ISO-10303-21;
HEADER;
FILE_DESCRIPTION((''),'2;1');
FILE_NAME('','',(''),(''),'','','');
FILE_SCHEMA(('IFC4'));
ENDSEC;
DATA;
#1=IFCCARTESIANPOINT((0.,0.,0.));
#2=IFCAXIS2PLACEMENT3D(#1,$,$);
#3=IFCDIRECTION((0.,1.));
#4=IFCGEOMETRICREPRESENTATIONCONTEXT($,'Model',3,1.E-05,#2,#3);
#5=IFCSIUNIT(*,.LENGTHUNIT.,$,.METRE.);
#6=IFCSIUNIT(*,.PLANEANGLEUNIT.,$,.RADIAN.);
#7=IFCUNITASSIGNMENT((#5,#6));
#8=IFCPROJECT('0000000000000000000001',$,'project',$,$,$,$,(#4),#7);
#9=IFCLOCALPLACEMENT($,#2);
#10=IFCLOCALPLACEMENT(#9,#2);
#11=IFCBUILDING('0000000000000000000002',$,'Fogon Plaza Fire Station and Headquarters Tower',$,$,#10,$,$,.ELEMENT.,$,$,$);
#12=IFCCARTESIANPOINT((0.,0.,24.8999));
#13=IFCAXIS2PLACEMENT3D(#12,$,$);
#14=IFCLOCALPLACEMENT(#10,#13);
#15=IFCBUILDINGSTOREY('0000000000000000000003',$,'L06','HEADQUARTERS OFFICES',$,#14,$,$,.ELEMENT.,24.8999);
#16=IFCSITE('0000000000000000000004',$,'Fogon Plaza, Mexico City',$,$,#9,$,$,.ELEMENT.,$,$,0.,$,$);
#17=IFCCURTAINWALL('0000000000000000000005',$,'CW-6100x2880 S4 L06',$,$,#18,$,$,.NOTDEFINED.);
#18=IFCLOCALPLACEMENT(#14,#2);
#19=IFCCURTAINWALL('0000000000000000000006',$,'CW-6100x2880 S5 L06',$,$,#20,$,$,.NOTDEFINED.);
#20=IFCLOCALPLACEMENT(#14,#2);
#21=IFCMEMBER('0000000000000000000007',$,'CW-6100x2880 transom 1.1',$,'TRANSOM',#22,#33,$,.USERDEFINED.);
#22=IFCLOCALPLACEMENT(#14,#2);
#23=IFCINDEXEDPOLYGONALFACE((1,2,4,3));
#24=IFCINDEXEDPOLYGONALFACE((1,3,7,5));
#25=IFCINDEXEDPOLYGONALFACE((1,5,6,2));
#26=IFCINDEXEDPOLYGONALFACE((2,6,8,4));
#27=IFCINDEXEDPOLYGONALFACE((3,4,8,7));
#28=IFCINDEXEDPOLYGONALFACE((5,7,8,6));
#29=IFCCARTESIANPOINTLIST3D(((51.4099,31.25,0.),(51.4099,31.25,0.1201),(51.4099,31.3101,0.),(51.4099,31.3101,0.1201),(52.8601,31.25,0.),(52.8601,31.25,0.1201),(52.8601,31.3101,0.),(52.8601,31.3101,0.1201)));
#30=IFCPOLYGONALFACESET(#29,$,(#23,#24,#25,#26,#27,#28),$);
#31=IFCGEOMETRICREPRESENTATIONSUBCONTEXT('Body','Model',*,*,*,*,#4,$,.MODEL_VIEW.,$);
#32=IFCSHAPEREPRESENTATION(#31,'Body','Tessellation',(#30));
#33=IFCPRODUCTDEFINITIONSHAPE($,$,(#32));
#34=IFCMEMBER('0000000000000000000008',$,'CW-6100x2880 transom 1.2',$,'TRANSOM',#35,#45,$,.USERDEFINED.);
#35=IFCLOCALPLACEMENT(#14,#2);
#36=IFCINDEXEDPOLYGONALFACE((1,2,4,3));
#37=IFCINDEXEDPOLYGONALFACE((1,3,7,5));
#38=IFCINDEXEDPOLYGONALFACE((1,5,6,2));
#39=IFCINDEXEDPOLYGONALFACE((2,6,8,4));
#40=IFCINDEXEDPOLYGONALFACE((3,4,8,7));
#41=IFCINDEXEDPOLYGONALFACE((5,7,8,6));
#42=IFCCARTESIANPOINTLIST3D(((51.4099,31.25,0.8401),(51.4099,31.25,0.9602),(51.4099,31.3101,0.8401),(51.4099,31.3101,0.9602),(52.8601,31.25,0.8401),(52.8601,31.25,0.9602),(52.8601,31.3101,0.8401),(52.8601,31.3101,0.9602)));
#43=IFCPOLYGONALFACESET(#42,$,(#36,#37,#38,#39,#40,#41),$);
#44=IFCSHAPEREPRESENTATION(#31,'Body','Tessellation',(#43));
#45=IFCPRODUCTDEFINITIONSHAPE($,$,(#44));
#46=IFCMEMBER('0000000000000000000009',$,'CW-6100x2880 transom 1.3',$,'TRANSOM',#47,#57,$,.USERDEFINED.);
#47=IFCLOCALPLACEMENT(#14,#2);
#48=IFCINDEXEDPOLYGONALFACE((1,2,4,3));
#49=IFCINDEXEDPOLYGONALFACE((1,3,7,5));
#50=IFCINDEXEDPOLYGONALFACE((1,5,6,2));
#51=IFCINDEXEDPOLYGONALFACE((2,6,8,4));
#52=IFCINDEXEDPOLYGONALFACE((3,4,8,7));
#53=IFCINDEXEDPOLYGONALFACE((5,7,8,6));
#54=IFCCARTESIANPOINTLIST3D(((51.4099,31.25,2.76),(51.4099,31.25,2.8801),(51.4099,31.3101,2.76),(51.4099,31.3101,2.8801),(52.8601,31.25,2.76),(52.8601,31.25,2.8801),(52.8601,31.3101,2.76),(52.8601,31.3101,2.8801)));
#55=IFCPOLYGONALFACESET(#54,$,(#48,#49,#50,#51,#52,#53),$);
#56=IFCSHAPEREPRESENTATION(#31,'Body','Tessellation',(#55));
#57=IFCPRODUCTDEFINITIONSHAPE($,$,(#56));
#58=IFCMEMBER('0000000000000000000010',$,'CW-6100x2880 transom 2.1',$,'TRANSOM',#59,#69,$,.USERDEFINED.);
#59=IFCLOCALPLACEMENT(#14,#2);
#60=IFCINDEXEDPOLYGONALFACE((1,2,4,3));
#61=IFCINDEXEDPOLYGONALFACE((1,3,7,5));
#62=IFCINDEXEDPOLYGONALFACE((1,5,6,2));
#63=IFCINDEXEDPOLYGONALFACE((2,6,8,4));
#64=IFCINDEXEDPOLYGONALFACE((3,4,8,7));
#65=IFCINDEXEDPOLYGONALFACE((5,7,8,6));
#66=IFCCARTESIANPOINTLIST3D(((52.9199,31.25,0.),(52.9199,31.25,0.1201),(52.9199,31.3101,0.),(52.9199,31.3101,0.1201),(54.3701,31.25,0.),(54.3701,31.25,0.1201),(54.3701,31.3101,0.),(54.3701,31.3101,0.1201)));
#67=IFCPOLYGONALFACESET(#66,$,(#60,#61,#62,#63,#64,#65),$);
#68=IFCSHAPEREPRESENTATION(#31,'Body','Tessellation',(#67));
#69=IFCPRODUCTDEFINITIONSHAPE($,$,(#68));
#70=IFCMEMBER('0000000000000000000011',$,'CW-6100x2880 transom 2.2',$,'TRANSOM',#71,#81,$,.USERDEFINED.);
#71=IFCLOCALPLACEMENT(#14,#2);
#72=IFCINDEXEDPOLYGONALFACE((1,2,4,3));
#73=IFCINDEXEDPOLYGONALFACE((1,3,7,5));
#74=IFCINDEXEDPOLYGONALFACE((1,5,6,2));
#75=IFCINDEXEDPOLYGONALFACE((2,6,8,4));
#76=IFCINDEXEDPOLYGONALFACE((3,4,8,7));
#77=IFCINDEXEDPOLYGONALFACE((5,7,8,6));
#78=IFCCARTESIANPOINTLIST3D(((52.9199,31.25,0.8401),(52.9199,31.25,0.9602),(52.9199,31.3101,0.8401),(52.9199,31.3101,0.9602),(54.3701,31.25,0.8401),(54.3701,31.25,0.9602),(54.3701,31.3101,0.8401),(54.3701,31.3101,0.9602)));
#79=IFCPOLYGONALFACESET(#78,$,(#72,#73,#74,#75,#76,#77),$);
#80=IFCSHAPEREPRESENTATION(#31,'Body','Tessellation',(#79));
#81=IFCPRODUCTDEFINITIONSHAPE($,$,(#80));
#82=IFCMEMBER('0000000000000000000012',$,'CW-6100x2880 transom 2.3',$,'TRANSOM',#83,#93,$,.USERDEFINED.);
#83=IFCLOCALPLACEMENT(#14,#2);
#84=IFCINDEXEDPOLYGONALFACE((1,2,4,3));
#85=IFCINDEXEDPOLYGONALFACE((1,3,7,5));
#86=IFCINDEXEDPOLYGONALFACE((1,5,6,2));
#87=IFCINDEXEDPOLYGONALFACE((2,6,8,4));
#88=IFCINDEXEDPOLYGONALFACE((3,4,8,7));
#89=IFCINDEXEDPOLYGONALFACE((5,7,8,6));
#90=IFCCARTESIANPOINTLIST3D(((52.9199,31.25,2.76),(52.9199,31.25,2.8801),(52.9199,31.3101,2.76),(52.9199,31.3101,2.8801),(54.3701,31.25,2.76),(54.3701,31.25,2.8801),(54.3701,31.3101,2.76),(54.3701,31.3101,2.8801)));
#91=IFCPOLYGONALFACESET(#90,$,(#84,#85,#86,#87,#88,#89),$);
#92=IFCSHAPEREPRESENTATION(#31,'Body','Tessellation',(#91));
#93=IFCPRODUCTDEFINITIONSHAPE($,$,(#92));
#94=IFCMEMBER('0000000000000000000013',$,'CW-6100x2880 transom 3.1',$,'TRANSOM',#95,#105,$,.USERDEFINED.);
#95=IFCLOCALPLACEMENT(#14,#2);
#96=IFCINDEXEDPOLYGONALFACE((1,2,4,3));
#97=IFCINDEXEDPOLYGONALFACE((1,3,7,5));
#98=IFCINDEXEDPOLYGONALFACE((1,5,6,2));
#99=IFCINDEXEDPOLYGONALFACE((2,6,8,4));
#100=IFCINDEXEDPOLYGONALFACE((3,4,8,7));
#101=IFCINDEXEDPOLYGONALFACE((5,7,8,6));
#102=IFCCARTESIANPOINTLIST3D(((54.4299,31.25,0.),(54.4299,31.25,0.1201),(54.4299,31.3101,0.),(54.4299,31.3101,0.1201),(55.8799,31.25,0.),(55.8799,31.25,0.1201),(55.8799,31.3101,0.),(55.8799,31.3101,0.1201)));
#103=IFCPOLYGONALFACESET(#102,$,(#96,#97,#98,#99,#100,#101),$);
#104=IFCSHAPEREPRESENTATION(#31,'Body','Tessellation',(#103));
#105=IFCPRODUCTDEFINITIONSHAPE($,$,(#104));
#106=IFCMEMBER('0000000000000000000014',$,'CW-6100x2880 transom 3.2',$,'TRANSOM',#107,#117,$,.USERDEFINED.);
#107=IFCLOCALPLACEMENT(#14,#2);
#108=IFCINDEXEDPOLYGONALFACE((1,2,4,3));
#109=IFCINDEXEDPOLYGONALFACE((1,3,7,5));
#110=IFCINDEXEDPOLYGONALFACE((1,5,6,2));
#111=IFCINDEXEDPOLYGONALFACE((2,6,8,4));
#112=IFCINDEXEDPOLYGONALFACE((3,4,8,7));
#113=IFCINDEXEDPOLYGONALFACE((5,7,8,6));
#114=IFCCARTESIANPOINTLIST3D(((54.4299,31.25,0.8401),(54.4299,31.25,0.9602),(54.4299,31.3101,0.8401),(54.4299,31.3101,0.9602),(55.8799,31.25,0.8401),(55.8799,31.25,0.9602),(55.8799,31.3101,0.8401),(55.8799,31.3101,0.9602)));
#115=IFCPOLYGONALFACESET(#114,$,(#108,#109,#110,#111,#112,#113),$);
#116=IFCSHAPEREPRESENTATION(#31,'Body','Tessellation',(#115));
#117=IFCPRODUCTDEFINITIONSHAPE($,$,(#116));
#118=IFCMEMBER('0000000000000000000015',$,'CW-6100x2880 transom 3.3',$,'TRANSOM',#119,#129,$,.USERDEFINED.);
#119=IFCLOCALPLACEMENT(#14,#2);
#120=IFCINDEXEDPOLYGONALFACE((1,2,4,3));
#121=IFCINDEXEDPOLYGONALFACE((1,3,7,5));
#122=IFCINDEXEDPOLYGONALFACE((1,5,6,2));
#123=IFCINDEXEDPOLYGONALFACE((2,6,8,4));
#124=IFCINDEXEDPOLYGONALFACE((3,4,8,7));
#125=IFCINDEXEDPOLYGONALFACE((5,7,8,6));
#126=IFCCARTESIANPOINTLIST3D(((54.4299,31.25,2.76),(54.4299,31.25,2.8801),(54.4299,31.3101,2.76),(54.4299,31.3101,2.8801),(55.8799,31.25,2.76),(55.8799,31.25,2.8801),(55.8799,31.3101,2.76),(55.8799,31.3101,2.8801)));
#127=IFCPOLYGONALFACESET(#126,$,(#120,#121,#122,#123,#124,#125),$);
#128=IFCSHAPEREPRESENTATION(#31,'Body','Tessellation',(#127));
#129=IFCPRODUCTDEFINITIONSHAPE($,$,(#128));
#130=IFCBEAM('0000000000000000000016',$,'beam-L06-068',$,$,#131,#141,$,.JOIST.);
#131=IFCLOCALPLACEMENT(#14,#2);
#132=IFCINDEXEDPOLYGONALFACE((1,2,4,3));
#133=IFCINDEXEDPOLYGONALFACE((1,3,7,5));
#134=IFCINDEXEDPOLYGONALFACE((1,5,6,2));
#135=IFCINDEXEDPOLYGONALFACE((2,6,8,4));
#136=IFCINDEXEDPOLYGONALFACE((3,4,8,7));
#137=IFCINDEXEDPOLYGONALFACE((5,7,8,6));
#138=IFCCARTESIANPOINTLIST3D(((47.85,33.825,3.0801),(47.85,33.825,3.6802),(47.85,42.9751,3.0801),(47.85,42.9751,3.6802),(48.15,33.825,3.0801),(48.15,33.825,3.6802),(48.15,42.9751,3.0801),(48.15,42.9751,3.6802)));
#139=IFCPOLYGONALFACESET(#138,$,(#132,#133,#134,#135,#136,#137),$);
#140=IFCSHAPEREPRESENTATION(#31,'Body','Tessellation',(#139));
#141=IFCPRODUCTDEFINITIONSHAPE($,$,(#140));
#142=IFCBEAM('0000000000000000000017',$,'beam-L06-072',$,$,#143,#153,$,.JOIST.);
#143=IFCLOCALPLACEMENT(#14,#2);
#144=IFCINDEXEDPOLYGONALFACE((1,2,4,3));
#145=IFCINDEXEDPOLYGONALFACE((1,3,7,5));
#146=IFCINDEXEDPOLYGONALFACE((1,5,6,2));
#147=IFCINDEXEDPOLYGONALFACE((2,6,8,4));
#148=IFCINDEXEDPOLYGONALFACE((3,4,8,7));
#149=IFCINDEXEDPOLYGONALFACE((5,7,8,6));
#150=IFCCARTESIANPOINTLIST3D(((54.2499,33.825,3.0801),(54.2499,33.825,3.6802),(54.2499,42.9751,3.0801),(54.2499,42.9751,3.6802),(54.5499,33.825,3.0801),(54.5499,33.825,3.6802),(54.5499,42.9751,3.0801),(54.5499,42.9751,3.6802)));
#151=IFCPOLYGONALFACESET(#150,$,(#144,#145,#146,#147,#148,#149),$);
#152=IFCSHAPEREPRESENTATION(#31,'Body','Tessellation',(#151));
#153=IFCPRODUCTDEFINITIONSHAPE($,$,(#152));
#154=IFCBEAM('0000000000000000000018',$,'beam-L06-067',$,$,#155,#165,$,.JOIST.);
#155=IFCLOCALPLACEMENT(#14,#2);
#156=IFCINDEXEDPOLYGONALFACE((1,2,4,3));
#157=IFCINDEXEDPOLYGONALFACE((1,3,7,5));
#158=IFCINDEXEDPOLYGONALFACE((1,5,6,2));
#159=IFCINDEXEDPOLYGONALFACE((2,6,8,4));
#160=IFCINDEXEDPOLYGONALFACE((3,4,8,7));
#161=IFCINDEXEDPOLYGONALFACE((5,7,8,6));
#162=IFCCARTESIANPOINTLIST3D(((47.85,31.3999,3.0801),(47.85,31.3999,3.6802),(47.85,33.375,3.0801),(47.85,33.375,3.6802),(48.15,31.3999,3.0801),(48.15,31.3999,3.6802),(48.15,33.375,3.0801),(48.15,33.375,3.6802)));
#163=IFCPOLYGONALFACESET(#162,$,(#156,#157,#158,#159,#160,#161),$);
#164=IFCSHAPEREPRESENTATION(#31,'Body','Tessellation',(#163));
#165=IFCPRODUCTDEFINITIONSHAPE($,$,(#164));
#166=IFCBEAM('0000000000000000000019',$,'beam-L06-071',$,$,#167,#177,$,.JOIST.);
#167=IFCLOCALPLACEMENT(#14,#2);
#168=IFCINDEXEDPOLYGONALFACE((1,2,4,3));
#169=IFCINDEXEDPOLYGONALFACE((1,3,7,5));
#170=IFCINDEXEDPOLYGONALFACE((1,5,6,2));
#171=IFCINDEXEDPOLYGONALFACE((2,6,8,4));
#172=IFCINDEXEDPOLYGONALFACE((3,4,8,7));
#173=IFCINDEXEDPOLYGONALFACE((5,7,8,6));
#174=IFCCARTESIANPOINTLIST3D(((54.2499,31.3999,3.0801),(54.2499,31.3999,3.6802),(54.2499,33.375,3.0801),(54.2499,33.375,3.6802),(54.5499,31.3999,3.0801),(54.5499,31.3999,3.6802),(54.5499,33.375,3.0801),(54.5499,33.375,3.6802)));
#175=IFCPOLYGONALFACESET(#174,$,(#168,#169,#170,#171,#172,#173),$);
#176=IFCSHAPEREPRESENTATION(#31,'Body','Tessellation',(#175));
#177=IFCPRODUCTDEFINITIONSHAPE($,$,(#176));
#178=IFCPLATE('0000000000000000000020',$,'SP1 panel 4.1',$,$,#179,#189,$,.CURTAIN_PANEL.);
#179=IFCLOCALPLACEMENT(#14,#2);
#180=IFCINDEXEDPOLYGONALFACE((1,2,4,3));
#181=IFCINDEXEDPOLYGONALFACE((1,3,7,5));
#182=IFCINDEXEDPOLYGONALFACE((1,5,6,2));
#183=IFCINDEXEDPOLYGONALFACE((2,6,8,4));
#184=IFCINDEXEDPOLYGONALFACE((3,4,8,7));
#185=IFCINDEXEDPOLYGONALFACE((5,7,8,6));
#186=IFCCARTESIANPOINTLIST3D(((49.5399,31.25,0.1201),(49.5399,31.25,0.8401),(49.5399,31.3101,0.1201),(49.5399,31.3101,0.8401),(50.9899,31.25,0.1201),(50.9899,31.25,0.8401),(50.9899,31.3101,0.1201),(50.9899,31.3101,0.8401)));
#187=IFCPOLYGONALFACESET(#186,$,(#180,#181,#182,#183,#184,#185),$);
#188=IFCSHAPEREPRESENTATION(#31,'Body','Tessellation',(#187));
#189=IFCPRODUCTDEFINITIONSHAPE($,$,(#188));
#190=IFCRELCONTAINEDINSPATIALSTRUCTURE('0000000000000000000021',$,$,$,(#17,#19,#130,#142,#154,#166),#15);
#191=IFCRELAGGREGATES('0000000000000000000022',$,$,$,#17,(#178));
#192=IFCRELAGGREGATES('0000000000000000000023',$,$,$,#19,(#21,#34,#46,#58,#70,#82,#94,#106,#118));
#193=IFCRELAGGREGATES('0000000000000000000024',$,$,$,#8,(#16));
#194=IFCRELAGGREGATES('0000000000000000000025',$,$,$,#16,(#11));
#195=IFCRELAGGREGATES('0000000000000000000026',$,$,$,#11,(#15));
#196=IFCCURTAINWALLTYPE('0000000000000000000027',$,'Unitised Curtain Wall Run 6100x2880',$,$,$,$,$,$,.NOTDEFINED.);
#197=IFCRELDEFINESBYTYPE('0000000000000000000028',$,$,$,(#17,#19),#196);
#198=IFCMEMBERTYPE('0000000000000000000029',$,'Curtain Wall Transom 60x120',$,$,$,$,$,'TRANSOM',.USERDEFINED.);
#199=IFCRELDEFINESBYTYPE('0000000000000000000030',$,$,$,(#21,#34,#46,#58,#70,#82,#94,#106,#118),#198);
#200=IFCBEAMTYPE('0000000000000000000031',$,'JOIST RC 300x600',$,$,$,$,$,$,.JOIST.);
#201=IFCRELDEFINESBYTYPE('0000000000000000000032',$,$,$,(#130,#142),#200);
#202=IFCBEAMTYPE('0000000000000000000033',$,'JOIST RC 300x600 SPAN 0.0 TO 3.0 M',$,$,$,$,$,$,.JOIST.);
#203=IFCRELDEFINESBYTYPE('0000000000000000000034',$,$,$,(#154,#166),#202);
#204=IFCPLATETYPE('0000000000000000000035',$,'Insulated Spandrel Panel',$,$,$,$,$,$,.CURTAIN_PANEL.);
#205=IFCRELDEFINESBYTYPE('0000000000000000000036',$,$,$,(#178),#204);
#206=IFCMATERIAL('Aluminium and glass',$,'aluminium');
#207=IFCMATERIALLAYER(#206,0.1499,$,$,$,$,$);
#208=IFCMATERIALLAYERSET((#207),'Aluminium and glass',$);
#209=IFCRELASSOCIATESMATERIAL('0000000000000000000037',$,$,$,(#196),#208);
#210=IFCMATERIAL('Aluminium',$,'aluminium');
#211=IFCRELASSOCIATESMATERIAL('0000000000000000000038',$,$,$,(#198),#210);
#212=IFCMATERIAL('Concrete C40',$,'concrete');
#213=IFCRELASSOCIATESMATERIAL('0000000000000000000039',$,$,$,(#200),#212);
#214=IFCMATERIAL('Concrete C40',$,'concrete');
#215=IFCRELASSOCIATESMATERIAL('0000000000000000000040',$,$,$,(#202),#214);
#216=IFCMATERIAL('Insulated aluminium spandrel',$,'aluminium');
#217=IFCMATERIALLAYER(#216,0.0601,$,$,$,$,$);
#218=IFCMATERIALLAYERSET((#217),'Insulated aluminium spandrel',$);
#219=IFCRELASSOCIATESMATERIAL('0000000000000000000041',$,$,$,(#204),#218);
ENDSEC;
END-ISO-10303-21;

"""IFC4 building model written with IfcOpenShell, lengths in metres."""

from ifc_helpers import new_model, si_unit, direction, frame, origin, origin_2d, place, context, subcontext, project, spatial, rectangle, extrude, material, layer, layer_set, material_profile, profile_set, type_object, element, aggregate, save


model = new_model("IFC4")

# Units and contexts
model_context = context("Model", 3, precision=1e-05, world=origin(), true_north=direction((0.0, 1.0)))
body_context = subcontext(model_context, "Body", "Model", "MODEL_VIEW")
ifc_project = project(units=[si_unit("LENGTHUNIT", "METRE"), si_unit("PLANEANGLEUNIT", "RADIAN")], contexts=[model_context])

# Site, building, storey
site_placement = place(None, origin())
site = spatial("IfcSite", under=ifc_project, at=site_placement, Name="Fogon Plaza, Mexico City", CompositionType="ELEMENT", RefElevation=0.0)
building_placement = place(site_placement, origin())
building = spatial("IfcBuilding", under=site, at=building_placement, Name="Fogon Plaza Fire Station and Headquarters Tower", CompositionType="ELEMENT")
storey_placement = place(building_placement, frame((0.0, 0.0, 24.8999)))
storey = spatial("IfcBuildingStorey", under=building, at=storey_placement, Name="L06", Description="HEADQUARTERS OFFICES", CompositionType="ELEMENT", Elevation=24.8999)

# Curtain walls
ifc_material_1 = material(Name="Aluminium and glass", Category="aluminium")
ifc_layer_1 = layer(ifc_material_1, 0.1499)
ifc_layer_set_1 = layer_set([ifc_layer_1], Name="Aluminium and glass")
curtain_wall_type = type_object("IfcCurtainWallType", Name="Unitised Curtain Wall Run 6100x2880", PredefinedType="NOTDEFINED", material=ifc_layer_set_1)
curtain_wall_1_placement = place(storey_placement, origin())
curtain_wall_1 = element("IfcCurtainWall", 1, at=curtain_wall_1_placement, inside=storey, type_object=curtain_wall_type, Name="CW-6100x2880 S4 L06", PredefinedType="NOTDEFINED")
curtain_wall_2_placement = place(storey_placement, origin())
curtain_wall_2 = element("IfcCurtainWall", 2, at=curtain_wall_2_placement, inside=storey, type_object=curtain_wall_type, Name="CW-6100x2880 S5 L06", PredefinedType="NOTDEFINED")

# Members
ifc_material_2 = material(Name="Aluminium", Category="aluminium")
ifc_material_profile_1 = material_profile(ifc_material_2, rectangle(XDim=0.0601, YDim=0.1201, at=origin_2d()), Name="Curtain Wall Transom 60x120")
ifc_profile_set_1 = profile_set([ifc_material_profile_1], Name="Aluminium")
member_type_1 = type_object("IfcMemberType", Name="Curtain Wall Transom 60x120", ElementType="TRANSOM", PredefinedType="USERDEFINED", material=ifc_profile_set_1)
member_1_placement = place(storey_placement, frame((51.4099, 31.28, 0.0601), z_axis=(1.0, 0.0, 0.0), x_axis=(0.0, 1.0, 0.0)))
member_1 = element("IfcMember", 3, at=member_1_placement, type_object=member_type_1, Name="CW-6100x2880 transom 1.1", ObjectType="TRANSOM", PredefinedType="USERDEFINED", context=body_context, shape_type="SweptSolid", body=[
    extrude(rectangle(XDim=0.0601, YDim=0.1201, at=origin_2d()), origin(), (0.0, 0.0, 1.0), 1.4502),
])
member_2_placement = place(storey_placement, frame((51.4099, 31.28, 0.9001), z_axis=(1.0, 0.0, 0.0), x_axis=(0.0, 1.0, 0.0)))
member_2 = element("IfcMember", 4, at=member_2_placement, type_object=member_type_1, Name="CW-6100x2880 transom 1.2", ObjectType="TRANSOM", PredefinedType="USERDEFINED", context=body_context, shape_type="SweptSolid", body=[
    extrude(rectangle(XDim=0.0601, YDim=0.1201, at=origin_2d()), origin(), (0.0, 0.0, 1.0), 1.4502),
])
member_3_placement = place(storey_placement, frame((51.4099, 31.28, 2.8201), z_axis=(1.0, 0.0, 0.0), x_axis=(0.0, 1.0, 0.0)))
member_3 = element("IfcMember", 5, at=member_3_placement, type_object=member_type_1, Name="CW-6100x2880 transom 1.3", ObjectType="TRANSOM", PredefinedType="USERDEFINED", context=body_context, shape_type="SweptSolid", body=[
    extrude(rectangle(XDim=0.0601, YDim=0.1201, at=origin_2d()), origin(), (0.0, 0.0, 1.0), 1.4502),
])
member_4_placement = place(storey_placement, frame((52.9199, 31.28, 0.0601), z_axis=(1.0, 0.0, 0.0), x_axis=(0.0, 1.0, 0.0)))
member_4 = element("IfcMember", 6, at=member_4_placement, type_object=member_type_1, Name="CW-6100x2880 transom 2.1", ObjectType="TRANSOM", PredefinedType="USERDEFINED", context=body_context, shape_type="SweptSolid", body=[
    extrude(rectangle(XDim=0.0601, YDim=0.1201, at=origin_2d()), origin(), (0.0, 0.0, 1.0), 1.4502),
])
member_5_placement = place(storey_placement, frame((52.9199, 31.28, 0.9001), z_axis=(1.0, 0.0, 0.0), x_axis=(0.0, 1.0, 0.0)))
member_5 = element("IfcMember", 7, at=member_5_placement, type_object=member_type_1, Name="CW-6100x2880 transom 2.2", ObjectType="TRANSOM", PredefinedType="USERDEFINED", context=body_context, shape_type="SweptSolid", body=[
    extrude(rectangle(XDim=0.0601, YDim=0.1201, at=origin_2d()), origin(), (0.0, 0.0, 1.0), 1.4502),
])
member_6_placement = place(storey_placement, frame((52.9199, 31.28, 2.8201), z_axis=(1.0, 0.0, 0.0), x_axis=(0.0, 1.0, 0.0)))
member_6 = element("IfcMember", 8, at=member_6_placement, type_object=member_type_1, Name="CW-6100x2880 transom 2.3", ObjectType="TRANSOM", PredefinedType="USERDEFINED", context=body_context, shape_type="SweptSolid", body=[
    extrude(rectangle(XDim=0.0601, YDim=0.1201, at=origin_2d()), origin(), (0.0, 0.0, 1.0), 1.4502),
])
member_7_placement = place(storey_placement, frame((54.4299, 31.28, 0.0601), z_axis=(1.0, 0.0, 0.0), x_axis=(0.0, 1.0, 0.0)))
member_7 = element("IfcMember", 9, at=member_7_placement, type_object=member_type_1, Name="CW-6100x2880 transom 3.1", ObjectType="TRANSOM", PredefinedType="USERDEFINED", context=body_context, shape_type="SweptSolid", body=[
    extrude(rectangle(XDim=0.0601, YDim=0.1201, at=origin_2d()), origin(), (0.0, 0.0, 1.0), 1.45),
])
member_8_placement = place(storey_placement, frame((54.4299, 31.28, 0.9001), z_axis=(1.0, 0.0, 0.0), x_axis=(0.0, 1.0, 0.0)))
member_8 = element("IfcMember", 10, at=member_8_placement, type_object=member_type_1, Name="CW-6100x2880 transom 3.2", ObjectType="TRANSOM", PredefinedType="USERDEFINED", context=body_context, shape_type="SweptSolid", body=[
    extrude(rectangle(XDim=0.0601, YDim=0.1201, at=origin_2d()), origin(), (0.0, 0.0, 1.0), 1.45),
])
member_9_placement = place(storey_placement, frame((54.4299, 31.28, 2.8201), z_axis=(1.0, 0.0, 0.0), x_axis=(0.0, 1.0, 0.0)))
member_9 = element("IfcMember", 11, at=member_9_placement, type_object=member_type_1, Name="CW-6100x2880 transom 3.3", ObjectType="TRANSOM", PredefinedType="USERDEFINED", context=body_context, shape_type="SweptSolid", body=[
    extrude(rectangle(XDim=0.0601, YDim=0.1201, at=origin_2d()), origin(), (0.0, 0.0, 1.0), 1.45),
])

# Beams
ifc_material_3 = material(Name="Concrete C40", Category="concrete")
ifc_material_profile_2 = material_profile(ifc_material_3, rectangle(XDim=0.3, YDim=0.6001, at=origin_2d()), Name="RC 300x600")
ifc_profile_set_2 = profile_set([ifc_material_profile_2], Name="Concrete C40")
beam_type_1 = type_object("IfcBeamType", Name="JOIST RC 300x600", PredefinedType="JOIST", material=ifc_profile_set_2)
for number, where, z_axis, x_axis, name in (
    (12, (48.0, 33.825, 3.3801), (0.0, 1.0, 0.0), (-1.0, 0.0, 0.0), "beam-L06-068"),
    (13, (54.3999, 33.825, 3.3801), (0.0, 1.0, 0.0), (-1.0, 0.0, 0.0), "beam-L06-072"),
):
    element("IfcBeam", number, at=place(storey_placement, frame(where, z_axis=z_axis, x_axis=x_axis)), inside=storey, type_object=beam_type_1, Name=name, PredefinedType="JOIST", context=body_context, shape_type="SweptSolid", body=[
        extrude(rectangle(XDim=0.3, YDim=0.6001, at=origin_2d()), origin(), (0.0, 0.0, 1.0), 9.1501),
    ])
ifc_material_4 = material(Name="Concrete C40", Category="concrete")
ifc_material_profile_3 = material_profile(ifc_material_4, rectangle(XDim=0.3, YDim=0.6001, at=origin_2d()), Name="RC 300x600")
ifc_profile_set_3 = profile_set([ifc_material_profile_3], Name="Concrete C40")
beam_type_2 = type_object("IfcBeamType", Name="JOIST RC 300x600 SPAN 0.0 TO 3.0 M", PredefinedType="JOIST", material=ifc_profile_set_3)
for number, where, z_axis, x_axis, name in (
    (14, (48.0, 31.3999, 3.3801), (0.0, 1.0, 0.0), (-1.0, 0.0, 0.0), "beam-L06-067"),
    (15, (54.3999, 31.3999, 3.3801), (0.0, 1.0, 0.0), (-1.0, 0.0, 0.0), "beam-L06-071"),
):
    element("IfcBeam", number, at=place(storey_placement, frame(where, z_axis=z_axis, x_axis=x_axis)), inside=storey, type_object=beam_type_2, Name=name, PredefinedType="JOIST", context=body_context, shape_type="SweptSolid", body=[
        extrude(rectangle(XDim=0.3, YDim=0.6001, at=origin_2d()), origin(), (0.0, 0.0, 1.0), 1.9751),
    ])

# Plate
ifc_material_5 = material(Name="Insulated aluminium spandrel", Category="aluminium")
ifc_layer_2 = layer(ifc_material_5, 0.0601)
ifc_layer_set_2 = layer_set([ifc_layer_2], Name="Insulated aluminium spandrel")
plate_type_1 = type_object("IfcPlateType", Name="Insulated Spandrel Panel", PredefinedType="CURTAIN_PANEL", material=ifc_layer_set_2)
plate_1_placement = place(storey_placement, frame((50.2649, 31.28, 0.1201), z_axis=(0.0, 0.0, 1.0), x_axis=(1.0, 0.0, 0.0)))
plate_1 = element("IfcPlate", 16, at=plate_1_placement, type_object=plate_type_1, Name="SP1 panel 4.1", PredefinedType="CURTAIN_PANEL", context=body_context, shape_type="SweptSolid", body=[
    extrude(rectangle(XDim=1.45, YDim=0.0601, at=origin_2d()), origin(), (0.0, 0.0, 1.0), 0.72),
])
aggregate(curtain_wall_1, [plate_1])
aggregate(curtain_wall_2, [member_1, member_2, member_3, member_4, member_5, member_6, member_7, member_8, member_9])

save(model, "model.ifc")
